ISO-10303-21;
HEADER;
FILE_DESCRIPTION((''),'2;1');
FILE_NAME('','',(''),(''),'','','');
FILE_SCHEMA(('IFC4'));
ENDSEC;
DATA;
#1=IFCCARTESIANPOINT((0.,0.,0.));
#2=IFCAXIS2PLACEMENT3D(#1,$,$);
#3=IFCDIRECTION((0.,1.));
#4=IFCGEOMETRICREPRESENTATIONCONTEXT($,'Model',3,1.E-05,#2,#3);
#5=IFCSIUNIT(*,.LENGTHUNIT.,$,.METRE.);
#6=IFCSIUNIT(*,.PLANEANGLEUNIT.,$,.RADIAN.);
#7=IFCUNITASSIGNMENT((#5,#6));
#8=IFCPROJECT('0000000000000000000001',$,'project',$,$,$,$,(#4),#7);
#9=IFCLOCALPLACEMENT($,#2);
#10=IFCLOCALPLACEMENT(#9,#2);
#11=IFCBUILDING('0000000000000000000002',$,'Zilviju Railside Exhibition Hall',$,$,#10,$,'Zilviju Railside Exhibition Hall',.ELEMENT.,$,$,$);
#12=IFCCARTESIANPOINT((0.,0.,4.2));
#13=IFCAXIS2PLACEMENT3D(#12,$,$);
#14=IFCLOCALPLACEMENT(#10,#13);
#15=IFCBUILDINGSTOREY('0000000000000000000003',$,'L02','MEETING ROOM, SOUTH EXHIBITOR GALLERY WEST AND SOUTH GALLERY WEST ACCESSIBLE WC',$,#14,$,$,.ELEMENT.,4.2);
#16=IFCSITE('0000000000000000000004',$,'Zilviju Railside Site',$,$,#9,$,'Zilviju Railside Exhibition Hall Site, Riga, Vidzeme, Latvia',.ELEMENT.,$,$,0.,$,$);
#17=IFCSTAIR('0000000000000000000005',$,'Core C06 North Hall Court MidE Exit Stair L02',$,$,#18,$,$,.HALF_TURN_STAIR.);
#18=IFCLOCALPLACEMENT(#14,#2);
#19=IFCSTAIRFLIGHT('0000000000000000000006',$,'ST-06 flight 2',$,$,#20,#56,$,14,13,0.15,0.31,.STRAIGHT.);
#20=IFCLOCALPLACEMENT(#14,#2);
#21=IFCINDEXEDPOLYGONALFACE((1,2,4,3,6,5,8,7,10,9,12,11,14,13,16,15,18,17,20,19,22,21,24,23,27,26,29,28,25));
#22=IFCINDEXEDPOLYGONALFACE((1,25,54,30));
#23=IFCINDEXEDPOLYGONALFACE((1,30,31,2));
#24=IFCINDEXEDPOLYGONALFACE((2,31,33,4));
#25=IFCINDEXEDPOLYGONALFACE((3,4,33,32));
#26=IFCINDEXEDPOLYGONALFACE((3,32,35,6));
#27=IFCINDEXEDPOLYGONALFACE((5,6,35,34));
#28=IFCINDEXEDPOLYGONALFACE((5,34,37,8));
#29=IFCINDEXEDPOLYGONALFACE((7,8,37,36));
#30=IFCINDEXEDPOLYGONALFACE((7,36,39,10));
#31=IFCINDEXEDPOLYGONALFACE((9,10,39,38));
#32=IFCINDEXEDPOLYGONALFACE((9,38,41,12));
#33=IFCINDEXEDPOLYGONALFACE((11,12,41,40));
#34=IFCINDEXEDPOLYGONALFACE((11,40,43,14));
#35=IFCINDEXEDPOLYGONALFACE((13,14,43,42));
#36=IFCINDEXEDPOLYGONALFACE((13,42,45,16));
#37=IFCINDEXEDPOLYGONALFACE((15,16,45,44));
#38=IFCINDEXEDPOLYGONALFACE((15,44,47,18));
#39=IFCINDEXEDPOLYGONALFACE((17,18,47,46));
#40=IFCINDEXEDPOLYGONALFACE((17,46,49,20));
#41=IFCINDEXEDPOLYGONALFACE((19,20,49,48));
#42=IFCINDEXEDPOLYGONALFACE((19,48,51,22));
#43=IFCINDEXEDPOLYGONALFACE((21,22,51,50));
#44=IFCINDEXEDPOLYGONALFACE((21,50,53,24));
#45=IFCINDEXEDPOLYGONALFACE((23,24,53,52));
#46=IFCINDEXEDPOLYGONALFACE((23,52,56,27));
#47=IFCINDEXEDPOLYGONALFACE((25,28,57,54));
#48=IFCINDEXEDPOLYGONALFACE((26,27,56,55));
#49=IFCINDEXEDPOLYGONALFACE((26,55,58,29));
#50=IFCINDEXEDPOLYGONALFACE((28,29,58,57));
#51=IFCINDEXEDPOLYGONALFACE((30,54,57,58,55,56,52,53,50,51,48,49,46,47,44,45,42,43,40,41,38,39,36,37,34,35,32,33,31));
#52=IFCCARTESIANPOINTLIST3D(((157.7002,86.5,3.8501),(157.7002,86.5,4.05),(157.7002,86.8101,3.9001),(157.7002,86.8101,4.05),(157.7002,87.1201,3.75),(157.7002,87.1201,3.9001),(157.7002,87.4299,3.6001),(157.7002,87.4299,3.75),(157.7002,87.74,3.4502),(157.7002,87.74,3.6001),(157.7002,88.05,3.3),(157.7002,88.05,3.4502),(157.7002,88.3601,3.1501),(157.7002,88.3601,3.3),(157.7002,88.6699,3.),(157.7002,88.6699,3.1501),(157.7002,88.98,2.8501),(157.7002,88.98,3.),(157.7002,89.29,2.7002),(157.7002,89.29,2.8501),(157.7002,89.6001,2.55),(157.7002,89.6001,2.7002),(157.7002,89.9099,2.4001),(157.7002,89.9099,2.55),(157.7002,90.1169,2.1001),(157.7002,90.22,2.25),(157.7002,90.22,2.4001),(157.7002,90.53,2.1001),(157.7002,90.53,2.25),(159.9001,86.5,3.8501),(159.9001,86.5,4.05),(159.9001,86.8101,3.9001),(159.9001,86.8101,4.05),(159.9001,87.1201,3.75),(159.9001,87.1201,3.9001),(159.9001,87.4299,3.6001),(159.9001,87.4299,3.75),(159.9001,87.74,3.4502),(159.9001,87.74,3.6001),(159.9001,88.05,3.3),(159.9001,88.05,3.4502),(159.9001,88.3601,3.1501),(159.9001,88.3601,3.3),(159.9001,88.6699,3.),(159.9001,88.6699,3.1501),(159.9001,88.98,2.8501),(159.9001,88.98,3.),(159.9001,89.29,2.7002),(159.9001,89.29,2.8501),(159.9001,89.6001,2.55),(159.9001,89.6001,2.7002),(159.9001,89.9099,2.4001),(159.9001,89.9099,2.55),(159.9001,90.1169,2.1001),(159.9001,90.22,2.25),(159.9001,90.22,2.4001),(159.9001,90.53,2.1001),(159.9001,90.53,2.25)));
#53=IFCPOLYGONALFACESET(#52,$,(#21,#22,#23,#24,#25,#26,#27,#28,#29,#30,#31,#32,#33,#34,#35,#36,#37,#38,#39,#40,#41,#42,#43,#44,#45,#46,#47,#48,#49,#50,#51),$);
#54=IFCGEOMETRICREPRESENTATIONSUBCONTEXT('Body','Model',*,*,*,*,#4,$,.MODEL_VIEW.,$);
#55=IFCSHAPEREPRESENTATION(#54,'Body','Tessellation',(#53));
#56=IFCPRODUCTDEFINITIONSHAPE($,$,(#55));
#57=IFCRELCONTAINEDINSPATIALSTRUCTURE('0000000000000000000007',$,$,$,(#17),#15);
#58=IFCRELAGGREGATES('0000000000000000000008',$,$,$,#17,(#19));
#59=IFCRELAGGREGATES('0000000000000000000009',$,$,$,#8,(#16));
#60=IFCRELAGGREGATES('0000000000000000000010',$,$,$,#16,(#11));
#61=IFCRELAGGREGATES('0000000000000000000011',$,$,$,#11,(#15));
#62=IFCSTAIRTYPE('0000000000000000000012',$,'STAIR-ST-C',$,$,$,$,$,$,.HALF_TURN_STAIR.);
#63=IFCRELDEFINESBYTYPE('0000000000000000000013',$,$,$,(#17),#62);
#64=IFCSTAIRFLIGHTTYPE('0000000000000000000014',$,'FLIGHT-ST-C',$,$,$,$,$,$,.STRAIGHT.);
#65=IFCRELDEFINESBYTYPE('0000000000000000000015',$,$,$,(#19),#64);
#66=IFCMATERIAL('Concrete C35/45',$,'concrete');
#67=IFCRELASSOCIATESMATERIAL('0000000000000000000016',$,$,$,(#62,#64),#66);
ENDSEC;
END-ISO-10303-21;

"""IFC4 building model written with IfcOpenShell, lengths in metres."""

from ifc_helpers import new_model, si_unit, direction, frame, origin, place, context, subcontext, project, spatial, polyline, outline, extrude, material, type_object, element, aggregate, save


model = new_model("IFC4")

# Units and contexts
model_context = context("Model", 3, precision=1e-05, world=origin(), true_north=direction((0.0, 1.0)))
body_context = subcontext(model_context, "Body", "Model", "MODEL_VIEW")
ifc_project = project(units=[si_unit("LENGTHUNIT", "METRE"), si_unit("PLANEANGLEUNIT", "RADIAN")], contexts=[model_context])

# Site, building, storey
site_placement = place(None, origin())
site = spatial("IfcSite", under=ifc_project, at=site_placement, Name="Zilviju Railside Site", LongName="Zilviju Railside Exhibition Hall Site, Riga, Vidzeme, Latvia", CompositionType="ELEMENT", RefElevation=0.0)
building_placement = place(site_placement, origin())
building = spatial("IfcBuilding", under=site, at=building_placement, Name="Zilviju Railside Exhibition Hall", LongName="Zilviju Railside Exhibition Hall", CompositionType="ELEMENT")
storey_placement = place(building_placement, frame((0.0, 0.0, 4.2)))
storey = spatial("IfcBuildingStorey", under=building, at=storey_placement, Name="L02", Description="MEETING ROOM, SOUTH EXHIBITOR GALLERY WEST AND SOUTH GALLERY WEST ACCESSIBLE WC", CompositionType="ELEMENT", Elevation=4.2)

# Shared definitions
ifc_material_1 = material(Name="Concrete C35/45", Category="concrete")

# Stair, stair flight
stair_type = type_object("IfcStairType", Name="STAIR-ST-C", PredefinedType="HALF_TURN_STAIR", material=ifc_material_1)
stair_placement = place(storey_placement, origin())
stair = element("IfcStair", 1, at=stair_placement, inside=storey, type_object=stair_type, Name="Core C06 North Hall Court MidE Exit Stair L02", PredefinedType="HALF_TURN_STAIR")
stair_flight_type = type_object("IfcStairFlightType", Name="FLIGHT-ST-C", PredefinedType="STRAIGHT", material=ifc_material_1)
stair_flight_placement = place(storey_placement, frame((158.8, 90.53, 2.1001), z_axis=(0.0, 0.0, 1.0), x_axis=(0.0, -1.0, 0.0)))
stair_flight = element("IfcStairFlight", 2, at=stair_flight_placement, type_object=stair_flight_type, Name="ST-06 flight 2", NumberOfRisers=14, NumberOfTreads=13, PredefinedType="STRAIGHT", RiserHeight=0.15, TreadLength=0.31, context=body_context, shape_type="SweptSolid", body=[
    extrude(outline(polyline([(0.0, 0.0), (0.0, 0.1499), (0.3101, 0.1499), (0.3101, 0.3), (0.6201, 0.3), (0.6201, 0.45), (0.9299, 0.45), (0.9299, 0.6001), (1.24, 0.6001), (1.24, 0.75), (1.55, 0.75), (1.55, 0.8999), (1.8601, 0.8999), (1.8601, 1.05), (2.1699, 1.05), (2.1699, 1.2), (2.48, 1.2), (2.48, 1.3501), (2.79, 1.3501), (2.79, 1.5), (3.1001, 1.5), (3.1001, 1.6499), (3.4099, 1.6499), (3.4099, 1.8), (3.72, 1.8), (3.72, 1.95), (4.03, 1.95), (4.03, 2.1001), (4.03, 1.75), (0.4131, 0.0), (0.0, 0.0)])), frame((0.0, 1.1001, 0.0), z_axis=(0.0, -1.0, 0.0), x_axis=(1.0, 0.0, 0.0)), (0.0, 0.0, 1.0), 2.2),
])
aggregate(stair, [stair_flight])

save(model, "model.ifc")
